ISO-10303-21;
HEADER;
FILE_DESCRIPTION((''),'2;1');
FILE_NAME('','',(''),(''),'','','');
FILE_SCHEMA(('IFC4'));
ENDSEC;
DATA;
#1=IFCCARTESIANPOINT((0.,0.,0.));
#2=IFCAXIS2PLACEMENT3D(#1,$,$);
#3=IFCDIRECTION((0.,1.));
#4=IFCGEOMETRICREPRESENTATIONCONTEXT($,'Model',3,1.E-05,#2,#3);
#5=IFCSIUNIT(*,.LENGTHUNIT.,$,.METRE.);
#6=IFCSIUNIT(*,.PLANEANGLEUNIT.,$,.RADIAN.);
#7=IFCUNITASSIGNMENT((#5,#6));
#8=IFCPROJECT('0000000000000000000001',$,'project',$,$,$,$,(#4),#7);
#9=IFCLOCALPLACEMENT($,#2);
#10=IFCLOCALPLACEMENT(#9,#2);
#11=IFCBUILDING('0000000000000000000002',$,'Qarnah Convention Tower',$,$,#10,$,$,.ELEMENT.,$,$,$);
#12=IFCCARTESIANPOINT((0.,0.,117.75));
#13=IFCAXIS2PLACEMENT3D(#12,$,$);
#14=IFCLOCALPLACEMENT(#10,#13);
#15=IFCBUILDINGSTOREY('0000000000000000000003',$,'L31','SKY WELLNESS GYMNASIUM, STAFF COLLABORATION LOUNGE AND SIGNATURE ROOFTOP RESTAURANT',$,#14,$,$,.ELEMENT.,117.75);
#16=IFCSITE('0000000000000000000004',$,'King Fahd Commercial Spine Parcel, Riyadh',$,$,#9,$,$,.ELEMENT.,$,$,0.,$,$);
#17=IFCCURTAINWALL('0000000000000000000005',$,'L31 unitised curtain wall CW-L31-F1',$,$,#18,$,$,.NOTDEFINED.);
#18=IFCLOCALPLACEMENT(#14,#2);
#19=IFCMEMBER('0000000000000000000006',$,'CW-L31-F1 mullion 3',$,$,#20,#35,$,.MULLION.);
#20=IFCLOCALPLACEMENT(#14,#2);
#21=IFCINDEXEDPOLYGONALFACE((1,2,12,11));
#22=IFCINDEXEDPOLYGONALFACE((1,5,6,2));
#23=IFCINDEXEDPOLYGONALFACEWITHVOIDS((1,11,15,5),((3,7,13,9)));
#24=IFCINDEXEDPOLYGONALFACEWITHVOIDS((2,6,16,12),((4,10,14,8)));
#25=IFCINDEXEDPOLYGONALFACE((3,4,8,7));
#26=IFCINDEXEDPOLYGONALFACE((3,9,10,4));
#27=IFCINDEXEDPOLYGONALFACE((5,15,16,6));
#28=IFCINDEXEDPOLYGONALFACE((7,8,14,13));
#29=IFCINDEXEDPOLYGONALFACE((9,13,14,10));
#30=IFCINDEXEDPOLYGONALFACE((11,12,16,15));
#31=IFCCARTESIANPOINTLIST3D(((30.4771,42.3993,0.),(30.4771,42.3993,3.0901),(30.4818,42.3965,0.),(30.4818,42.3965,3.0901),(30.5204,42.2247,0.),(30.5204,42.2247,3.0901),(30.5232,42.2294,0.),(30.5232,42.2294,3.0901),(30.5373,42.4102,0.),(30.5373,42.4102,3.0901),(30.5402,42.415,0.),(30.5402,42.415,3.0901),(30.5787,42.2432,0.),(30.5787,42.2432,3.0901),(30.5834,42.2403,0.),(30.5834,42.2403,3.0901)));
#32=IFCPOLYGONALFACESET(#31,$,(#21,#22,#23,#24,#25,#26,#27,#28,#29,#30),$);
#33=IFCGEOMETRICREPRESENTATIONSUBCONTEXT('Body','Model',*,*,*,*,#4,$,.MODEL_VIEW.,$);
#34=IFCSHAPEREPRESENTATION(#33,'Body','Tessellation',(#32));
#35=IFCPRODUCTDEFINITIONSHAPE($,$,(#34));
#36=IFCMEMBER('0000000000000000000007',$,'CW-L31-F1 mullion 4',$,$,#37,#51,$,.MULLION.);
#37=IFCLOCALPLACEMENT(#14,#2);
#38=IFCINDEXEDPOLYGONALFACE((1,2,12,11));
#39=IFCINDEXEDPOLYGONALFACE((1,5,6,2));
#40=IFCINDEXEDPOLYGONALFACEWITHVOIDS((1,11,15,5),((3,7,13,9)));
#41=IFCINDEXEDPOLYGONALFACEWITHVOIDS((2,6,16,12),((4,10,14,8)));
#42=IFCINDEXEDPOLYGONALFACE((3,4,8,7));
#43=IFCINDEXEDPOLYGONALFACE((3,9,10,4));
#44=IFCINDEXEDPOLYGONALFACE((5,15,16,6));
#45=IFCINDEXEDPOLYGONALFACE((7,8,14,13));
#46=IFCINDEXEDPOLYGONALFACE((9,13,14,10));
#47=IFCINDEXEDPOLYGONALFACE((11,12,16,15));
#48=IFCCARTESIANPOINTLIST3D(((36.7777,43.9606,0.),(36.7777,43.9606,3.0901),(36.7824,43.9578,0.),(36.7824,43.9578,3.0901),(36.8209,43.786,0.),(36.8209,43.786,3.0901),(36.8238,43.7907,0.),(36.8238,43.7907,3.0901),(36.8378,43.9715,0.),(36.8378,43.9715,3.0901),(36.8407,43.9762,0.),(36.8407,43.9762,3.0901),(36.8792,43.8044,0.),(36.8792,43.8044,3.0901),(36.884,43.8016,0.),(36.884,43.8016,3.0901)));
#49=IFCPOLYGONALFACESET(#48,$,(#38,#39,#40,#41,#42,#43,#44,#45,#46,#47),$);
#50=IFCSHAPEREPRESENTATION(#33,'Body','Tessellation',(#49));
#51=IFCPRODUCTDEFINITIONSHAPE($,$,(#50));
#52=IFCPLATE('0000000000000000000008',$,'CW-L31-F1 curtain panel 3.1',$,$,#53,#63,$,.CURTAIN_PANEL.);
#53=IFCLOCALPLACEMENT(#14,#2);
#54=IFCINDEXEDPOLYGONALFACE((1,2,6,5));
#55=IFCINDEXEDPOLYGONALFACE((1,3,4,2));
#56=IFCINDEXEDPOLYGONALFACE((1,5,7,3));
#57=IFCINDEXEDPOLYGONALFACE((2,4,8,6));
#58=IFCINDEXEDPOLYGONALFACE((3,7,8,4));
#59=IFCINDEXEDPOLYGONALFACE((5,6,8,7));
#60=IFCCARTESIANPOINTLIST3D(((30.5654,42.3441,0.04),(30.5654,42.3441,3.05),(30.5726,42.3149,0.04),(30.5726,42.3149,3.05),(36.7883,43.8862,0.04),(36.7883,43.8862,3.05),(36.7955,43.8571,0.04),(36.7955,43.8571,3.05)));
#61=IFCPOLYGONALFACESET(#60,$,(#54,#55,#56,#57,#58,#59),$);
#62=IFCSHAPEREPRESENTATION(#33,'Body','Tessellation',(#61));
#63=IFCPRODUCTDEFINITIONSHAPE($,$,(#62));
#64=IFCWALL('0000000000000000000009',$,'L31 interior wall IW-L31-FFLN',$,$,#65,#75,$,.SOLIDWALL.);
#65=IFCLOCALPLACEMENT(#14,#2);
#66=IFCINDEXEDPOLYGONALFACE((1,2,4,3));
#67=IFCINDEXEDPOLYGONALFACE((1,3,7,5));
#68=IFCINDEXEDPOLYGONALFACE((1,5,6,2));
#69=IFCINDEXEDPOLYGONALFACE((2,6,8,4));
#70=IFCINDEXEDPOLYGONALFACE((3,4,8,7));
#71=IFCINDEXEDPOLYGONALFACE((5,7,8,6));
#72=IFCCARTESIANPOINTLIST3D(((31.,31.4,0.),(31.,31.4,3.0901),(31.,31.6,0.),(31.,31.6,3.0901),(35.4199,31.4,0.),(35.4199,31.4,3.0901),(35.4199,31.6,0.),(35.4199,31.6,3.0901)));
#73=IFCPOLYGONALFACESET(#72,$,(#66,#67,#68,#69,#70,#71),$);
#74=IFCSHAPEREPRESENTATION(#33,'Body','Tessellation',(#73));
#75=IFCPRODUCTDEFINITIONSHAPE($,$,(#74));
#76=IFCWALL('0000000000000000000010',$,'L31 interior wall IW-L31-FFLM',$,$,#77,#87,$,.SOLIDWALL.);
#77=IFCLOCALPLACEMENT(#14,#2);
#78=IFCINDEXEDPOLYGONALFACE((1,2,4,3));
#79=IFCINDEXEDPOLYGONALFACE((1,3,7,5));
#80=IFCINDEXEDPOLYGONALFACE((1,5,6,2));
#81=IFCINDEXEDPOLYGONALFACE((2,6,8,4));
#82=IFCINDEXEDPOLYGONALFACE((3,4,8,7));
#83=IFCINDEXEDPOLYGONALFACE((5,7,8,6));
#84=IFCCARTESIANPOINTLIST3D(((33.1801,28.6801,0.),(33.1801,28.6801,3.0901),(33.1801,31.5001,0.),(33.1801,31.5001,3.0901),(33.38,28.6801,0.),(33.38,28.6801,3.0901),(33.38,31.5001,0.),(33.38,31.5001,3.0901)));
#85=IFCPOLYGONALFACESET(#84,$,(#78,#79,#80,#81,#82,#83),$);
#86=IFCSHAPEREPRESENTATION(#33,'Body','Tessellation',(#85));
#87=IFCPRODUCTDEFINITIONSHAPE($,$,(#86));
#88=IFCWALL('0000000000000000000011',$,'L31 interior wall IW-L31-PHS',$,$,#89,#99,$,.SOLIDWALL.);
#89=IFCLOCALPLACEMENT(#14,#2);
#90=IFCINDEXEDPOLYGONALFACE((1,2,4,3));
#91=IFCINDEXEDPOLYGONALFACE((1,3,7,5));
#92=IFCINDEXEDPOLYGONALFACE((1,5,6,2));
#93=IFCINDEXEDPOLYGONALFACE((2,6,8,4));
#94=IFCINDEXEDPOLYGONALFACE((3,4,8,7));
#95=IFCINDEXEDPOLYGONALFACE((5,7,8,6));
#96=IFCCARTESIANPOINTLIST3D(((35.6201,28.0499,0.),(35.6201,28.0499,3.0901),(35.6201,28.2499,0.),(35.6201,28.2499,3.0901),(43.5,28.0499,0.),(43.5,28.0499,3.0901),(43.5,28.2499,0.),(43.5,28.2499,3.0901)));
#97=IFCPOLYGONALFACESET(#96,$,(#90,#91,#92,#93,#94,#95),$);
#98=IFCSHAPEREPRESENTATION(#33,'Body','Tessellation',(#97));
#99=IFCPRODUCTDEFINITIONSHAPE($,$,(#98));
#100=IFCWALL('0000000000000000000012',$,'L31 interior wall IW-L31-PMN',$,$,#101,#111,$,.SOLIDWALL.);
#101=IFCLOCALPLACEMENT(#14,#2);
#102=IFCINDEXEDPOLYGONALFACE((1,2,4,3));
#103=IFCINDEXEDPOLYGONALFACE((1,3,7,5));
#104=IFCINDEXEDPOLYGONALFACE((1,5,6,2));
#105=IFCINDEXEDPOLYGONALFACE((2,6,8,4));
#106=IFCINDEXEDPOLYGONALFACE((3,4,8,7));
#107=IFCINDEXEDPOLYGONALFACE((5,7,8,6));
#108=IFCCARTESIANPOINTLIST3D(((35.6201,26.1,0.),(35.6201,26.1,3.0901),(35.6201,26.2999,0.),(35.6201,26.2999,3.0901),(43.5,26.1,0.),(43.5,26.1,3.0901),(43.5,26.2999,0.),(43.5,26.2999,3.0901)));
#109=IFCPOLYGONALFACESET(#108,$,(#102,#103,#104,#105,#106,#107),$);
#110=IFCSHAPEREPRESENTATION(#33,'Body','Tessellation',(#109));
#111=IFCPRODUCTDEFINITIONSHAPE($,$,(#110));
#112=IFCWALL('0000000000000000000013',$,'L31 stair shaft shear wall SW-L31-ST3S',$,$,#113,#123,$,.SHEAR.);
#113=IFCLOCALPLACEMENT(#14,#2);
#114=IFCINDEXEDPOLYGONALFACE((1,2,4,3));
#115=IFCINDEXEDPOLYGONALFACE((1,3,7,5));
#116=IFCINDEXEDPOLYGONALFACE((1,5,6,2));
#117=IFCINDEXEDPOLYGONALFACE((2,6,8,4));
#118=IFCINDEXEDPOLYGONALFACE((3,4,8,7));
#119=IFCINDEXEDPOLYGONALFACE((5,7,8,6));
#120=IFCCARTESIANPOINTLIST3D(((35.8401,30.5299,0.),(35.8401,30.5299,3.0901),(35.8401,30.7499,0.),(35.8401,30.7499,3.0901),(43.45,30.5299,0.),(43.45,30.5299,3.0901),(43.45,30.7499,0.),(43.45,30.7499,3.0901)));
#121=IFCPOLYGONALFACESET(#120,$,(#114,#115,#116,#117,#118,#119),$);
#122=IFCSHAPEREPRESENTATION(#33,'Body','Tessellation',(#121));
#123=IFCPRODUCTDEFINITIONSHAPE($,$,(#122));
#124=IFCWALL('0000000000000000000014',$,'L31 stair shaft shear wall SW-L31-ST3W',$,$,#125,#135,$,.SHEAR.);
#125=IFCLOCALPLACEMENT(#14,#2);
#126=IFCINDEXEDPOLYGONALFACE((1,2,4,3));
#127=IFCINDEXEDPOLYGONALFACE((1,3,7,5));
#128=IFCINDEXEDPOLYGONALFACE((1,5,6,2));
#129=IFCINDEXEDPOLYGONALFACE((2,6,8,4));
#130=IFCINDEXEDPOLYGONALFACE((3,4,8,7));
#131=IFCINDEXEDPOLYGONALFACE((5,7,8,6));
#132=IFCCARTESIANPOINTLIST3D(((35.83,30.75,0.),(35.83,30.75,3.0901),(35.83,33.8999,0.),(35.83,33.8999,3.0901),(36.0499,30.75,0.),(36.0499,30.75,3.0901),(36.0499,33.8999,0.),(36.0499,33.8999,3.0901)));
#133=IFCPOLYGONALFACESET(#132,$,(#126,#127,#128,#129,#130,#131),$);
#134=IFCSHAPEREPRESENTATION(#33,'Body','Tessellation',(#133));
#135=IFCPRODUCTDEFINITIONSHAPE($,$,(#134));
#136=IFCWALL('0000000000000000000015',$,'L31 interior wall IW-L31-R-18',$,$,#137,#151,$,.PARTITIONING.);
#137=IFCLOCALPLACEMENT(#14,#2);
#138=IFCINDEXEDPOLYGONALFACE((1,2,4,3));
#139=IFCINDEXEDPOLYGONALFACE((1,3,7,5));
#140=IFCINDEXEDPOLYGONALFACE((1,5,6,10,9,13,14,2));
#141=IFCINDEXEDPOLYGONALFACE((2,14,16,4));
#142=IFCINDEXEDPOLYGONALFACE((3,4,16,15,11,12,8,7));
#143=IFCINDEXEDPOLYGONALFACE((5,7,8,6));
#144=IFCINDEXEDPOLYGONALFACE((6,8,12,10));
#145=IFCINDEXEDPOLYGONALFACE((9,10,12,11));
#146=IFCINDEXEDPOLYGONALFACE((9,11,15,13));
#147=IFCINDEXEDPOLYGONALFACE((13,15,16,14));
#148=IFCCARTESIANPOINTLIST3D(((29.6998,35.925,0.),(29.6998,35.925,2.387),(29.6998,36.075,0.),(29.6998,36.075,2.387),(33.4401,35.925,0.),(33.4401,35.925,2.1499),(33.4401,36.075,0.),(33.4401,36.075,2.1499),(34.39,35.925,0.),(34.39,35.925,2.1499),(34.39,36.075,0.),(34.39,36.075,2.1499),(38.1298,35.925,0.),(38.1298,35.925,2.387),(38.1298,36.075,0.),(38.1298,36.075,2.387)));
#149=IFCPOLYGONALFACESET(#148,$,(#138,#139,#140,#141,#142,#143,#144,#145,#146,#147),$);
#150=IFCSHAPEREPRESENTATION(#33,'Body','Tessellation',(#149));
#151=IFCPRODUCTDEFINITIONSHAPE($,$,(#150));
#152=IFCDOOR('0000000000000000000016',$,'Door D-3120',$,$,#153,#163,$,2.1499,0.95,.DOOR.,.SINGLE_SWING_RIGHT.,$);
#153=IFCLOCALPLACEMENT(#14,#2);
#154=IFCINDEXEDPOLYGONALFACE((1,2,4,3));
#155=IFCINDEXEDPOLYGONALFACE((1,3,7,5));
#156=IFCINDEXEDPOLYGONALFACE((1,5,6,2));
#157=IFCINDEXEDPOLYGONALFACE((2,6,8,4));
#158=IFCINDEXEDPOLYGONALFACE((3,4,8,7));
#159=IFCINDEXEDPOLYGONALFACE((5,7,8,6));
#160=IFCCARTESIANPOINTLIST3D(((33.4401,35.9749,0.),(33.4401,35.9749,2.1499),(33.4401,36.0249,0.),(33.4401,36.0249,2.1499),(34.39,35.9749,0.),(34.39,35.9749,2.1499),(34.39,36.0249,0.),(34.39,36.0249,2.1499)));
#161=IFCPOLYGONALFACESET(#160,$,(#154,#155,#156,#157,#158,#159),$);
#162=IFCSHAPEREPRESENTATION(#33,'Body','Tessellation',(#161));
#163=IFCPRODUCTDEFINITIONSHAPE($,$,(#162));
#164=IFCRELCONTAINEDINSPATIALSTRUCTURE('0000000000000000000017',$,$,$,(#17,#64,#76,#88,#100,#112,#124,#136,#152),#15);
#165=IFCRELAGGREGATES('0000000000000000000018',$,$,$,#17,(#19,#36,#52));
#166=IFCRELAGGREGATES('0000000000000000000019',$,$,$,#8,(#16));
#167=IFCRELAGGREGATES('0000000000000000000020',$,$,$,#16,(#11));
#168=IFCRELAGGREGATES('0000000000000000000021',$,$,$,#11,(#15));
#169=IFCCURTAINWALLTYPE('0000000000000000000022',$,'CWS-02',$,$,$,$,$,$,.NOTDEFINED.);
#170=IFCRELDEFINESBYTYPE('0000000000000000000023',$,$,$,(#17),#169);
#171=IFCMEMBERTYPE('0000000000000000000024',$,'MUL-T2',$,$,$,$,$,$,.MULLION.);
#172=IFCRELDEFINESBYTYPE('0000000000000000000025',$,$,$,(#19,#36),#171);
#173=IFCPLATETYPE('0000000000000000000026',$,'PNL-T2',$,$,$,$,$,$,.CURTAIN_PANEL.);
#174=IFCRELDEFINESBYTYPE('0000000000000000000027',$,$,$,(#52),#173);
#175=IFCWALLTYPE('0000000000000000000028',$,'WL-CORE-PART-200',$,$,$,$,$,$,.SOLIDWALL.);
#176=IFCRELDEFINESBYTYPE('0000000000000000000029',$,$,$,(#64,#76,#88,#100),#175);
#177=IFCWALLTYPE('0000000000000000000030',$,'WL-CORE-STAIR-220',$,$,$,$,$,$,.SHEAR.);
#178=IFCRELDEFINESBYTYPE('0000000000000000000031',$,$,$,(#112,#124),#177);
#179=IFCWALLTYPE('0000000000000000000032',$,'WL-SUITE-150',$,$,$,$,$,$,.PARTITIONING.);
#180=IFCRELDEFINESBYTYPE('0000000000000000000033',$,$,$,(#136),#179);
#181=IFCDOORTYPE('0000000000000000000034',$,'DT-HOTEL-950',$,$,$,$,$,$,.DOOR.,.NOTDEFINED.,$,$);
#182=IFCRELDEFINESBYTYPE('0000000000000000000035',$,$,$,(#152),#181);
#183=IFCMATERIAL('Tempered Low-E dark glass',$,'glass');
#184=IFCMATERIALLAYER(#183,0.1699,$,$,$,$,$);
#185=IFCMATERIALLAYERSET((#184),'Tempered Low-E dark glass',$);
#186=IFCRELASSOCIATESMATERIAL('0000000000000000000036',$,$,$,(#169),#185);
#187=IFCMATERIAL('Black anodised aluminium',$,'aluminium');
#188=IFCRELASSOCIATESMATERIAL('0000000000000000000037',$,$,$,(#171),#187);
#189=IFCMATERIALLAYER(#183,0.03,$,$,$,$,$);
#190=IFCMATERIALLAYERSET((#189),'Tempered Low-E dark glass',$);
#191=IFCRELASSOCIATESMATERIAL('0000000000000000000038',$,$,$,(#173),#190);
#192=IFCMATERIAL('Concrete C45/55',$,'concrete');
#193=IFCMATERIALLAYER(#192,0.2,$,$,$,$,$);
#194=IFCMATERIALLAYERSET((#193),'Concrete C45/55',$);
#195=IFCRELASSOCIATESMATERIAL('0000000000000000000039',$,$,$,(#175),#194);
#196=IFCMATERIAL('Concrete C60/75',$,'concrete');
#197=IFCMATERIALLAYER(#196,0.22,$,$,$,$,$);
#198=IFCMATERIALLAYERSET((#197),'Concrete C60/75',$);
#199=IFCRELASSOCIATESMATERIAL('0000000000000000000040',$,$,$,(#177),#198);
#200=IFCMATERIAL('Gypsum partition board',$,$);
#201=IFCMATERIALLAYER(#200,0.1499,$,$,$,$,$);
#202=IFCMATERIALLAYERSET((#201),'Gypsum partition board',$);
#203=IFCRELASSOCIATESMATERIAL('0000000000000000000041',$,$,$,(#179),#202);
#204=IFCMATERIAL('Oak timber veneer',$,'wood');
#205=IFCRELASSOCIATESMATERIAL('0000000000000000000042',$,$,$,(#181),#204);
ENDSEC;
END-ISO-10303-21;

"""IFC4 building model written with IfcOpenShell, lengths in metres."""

from ifc_helpers import new_model, si_unit, direction, frame, frame_2d, origin, origin_2d, place, context, subcontext, project, spatial, rectangle, hollow_rectangle, extrude, material, layer, layer_set, material_profile, profile_set, type_object, element, fill, aggregate, save


model = new_model("IFC4")

# Units and contexts
model_context = context("Model", 3, precision=1e-05, world=origin(), true_north=direction((0.0, 1.0)))
body_context = subcontext(model_context, "Body", "Model", "MODEL_VIEW")
ifc_project = project(units=[si_unit("LENGTHUNIT", "METRE"), si_unit("PLANEANGLEUNIT", "RADIAN")], contexts=[model_context])

# Site, building, storey
site_placement = place(None, origin())
site = spatial("IfcSite", under=ifc_project, at=site_placement, Name="King Fahd Commercial Spine Parcel, Riyadh", CompositionType="ELEMENT", RefElevation=0.0)
building_placement = place(site_placement, origin())
building = spatial("IfcBuilding", under=site, at=building_placement, Name="Qarnah Convention Tower", CompositionType="ELEMENT")
storey_placement = place(building_placement, frame((0.0, 0.0, 117.75)))
storey = spatial("IfcBuildingStorey", under=building, at=storey_placement, Name="L31", Description="SKY WELLNESS GYMNASIUM, STAFF COLLABORATION LOUNGE AND SIGNATURE ROOFTOP RESTAURANT", CompositionType="ELEMENT", Elevation=117.75)

# Shared definitions
ifc_material_1 = material(Name="Concrete C60/75", Category="concrete")

# Curtain wall, members, plate
ifc_material_2 = material(Name="Tempered Low-E dark glass", Category="glass")
ifc_layer_1 = layer(ifc_material_2, 0.1699)
ifc_layer_set_1 = layer_set([ifc_layer_1], Name="Tempered Low-E dark glass")
curtain_wall_type = type_object("IfcCurtainWallType", Name="CWS-02", PredefinedType="NOTDEFINED", material=ifc_layer_set_1)
curtain_wall_placement = place(storey_placement, origin())
curtain_wall = element("IfcCurtainWall", 1, at=curtain_wall_placement, inside=storey, type_object=curtain_wall_type, Name="L31 unitised curtain wall CW-L31-F1", PredefinedType="NOTDEFINED")
ifc_material_3 = material(Name="Black anodised aluminium", Category="aluminium")
ifc_material_profile_1 = material_profile(ifc_material_3, hollow_rectangle(XDim=0.0649, YDim=0.1799, WallThickness=0.0039, at=origin_2d()), Name="MUL-65X180")
ifc_profile_set_1 = profile_set([ifc_material_profile_1], Name="Black anodised aluminium")
member_type = type_object("IfcMemberType", Name="MUL-T2", PredefinedType="MULLION", material=ifc_profile_set_1)
member_1_placement = place(storey_placement, frame((30.5303, 42.3198, 0.0), z_axis=(0.0, 0.0, 1.0), x_axis=(0.970639, 0.240541, 0.0)))
member_1 = element("IfcMember", 2, at=member_1_placement, type_object=member_type, Name="CW-L31-F1 mullion 3", PredefinedType="MULLION", context=body_context, shape_type="SweptSolid", body=[
    extrude(hollow_rectangle(XDim=0.0649, YDim=0.1799, WallThickness=0.0039, at=origin_2d()), origin(), (0.0, 0.0, 1.0), 3.0901),
])
member_2_placement = place(storey_placement, frame((36.8308, 43.8811, 0.0), z_axis=(0.0, 0.0, 1.0), x_axis=(0.970639, 0.240541, 0.0)))
member_2 = element("IfcMember", 3, at=member_2_placement, type_object=member_type, Name="CW-L31-F1 mullion 4", PredefinedType="MULLION", context=body_context, shape_type="SweptSolid", body=[
    extrude(hollow_rectangle(XDim=0.0649, YDim=0.1799, WallThickness=0.0039, at=origin_2d()), origin(), (0.0, 0.0, 1.0), 3.0901),
])
ifc_layer_2 = layer(ifc_material_2, 0.03)
ifc_layer_set_2 = layer_set([ifc_layer_2], Name="Tempered Low-E dark glass")
plate_type = type_object("IfcPlateType", Name="PNL-T2", PredefinedType="CURTAIN_PANEL", material=ifc_layer_set_2)
plate_placement = place(storey_placement, frame((33.6804, 43.1006, 0.04), z_axis=(0.0, 0.0, 1.0), x_axis=(0.970639, 0.240541, 0.0)))
plate = element("IfcPlate", 4, at=plate_placement, type_object=plate_type, Name="CW-L31-F1 curtain panel 3.1", PredefinedType="CURTAIN_PANEL", context=body_context, shape_type="SweptSolid", body=[
    extrude(rectangle(XDim=6.4111, YDim=0.03, at=origin_2d()), origin(), (0.0, 0.0, 1.0), 3.01),
])
aggregate(curtain_wall, [member_1, member_2, plate])

# Shared definitions
ifc_material_4 = material(Name="Concrete C45/55", Category="concrete")
ifc_layer_3 = layer(ifc_material_4, 0.2)
ifc_layer_set_3 = layer_set([ifc_layer_3], Name="Concrete C45/55")
wall_type_1 = type_object("IfcWallType", Name="WL-CORE-PART-200", PredefinedType="SOLIDWALL", material=ifc_layer_set_3)

# Walls
wall_1_placement = place(storey_placement, frame((31.0, 31.5, 0.0), z_axis=(0.0, 0.0, 1.0), x_axis=(1.0, 0.0, 0.0)))
element("IfcWall", 5, at=wall_1_placement, inside=storey, type_object=wall_type_1, Name="L31 interior wall IW-L31-FFLN", PredefinedType="SOLIDWALL", context=body_context, shape_type="SweptSolid", body=[
    extrude(rectangle(XDim=4.4199, YDim=0.2, at=frame_2d((2.21, 0.0))), origin(), (0.0, 0.0, 1.0), 3.0901),
])
wall_2_placement = place(storey_placement, frame((33.28, 28.6799, 0.0), z_axis=(0.0, 0.0, 1.0), x_axis=(0.0, 1.0, 0.0)))
element("IfcWall", 6, at=wall_2_placement, inside=storey, type_object=wall_type_1, Name="L31 interior wall IW-L31-FFLM", PredefinedType="SOLIDWALL", context=body_context, shape_type="SweptSolid", body=[
    extrude(rectangle(XDim=2.8201, YDim=0.2, at=frame_2d((1.4102, 0.0))), origin(), (0.0, 0.0, 1.0), 3.0901),
])

# Walls
for number, where, z_axis, x_axis, name in (
    (7, (35.6201, 28.1499, 0.0), (0.0, 0.0, 1.0), (1.0, 0.0, 0.0), "L31 interior wall IW-L31-PHS"),
    (8, (35.6201, 26.2, 0.0), (0.0, 0.0, 1.0), (1.0, 0.0, 0.0), "L31 interior wall IW-L31-PMN"),
):
    element("IfcWall", number, at=place(storey_placement, frame(where, z_axis=z_axis, x_axis=x_axis)), inside=storey, type_object=wall_type_1, Name=name, PredefinedType="SOLIDWALL", context=body_context, shape_type="SweptSolid", body=[
        extrude(rectangle(XDim=7.8799, YDim=0.2, at=frame_2d((3.9399, 0.0))), origin(), (0.0, 0.0, 1.0), 3.0901),
    ])
ifc_layer_4 = layer(ifc_material_1, 0.22)
ifc_layer_set_4 = layer_set([ifc_layer_4], Name="Concrete C60/75")
wall_type_2 = type_object("IfcWallType", Name="WL-CORE-STAIR-220", PredefinedType="SHEAR", material=ifc_layer_set_4)
wall_3_placement = place(storey_placement, frame((35.8401, 30.6399, 0.0), z_axis=(0.0, 0.0, 1.0), x_axis=(1.0, 0.0, 0.0)))
element("IfcWall", 9, at=wall_3_placement, inside=storey, type_object=wall_type_2, Name="L31 stair shaft shear wall SW-L31-ST3S", PredefinedType="SHEAR", context=body_context, shape_type="SweptSolid", body=[
    extrude(rectangle(XDim=7.6099, YDim=0.22, at=frame_2d((3.8049, 0.0))), origin(), (0.0, 0.0, 1.0), 3.0901),
])
wall_4_placement = place(storey_placement, frame((35.9399, 30.75, 0.0), z_axis=(0.0, 0.0, 1.0), x_axis=(0.0, 1.0, 0.0)))
element("IfcWall", 10, at=wall_4_placement, inside=storey, type_object=wall_type_2, Name="L31 stair shaft shear wall SW-L31-ST3W", PredefinedType="SHEAR", context=body_context, shape_type="SweptSolid", body=[
    extrude(rectangle(XDim=3.1499, YDim=0.22, at=frame_2d((1.575, 0.0))), origin(), (0.0, 0.0, 1.0), 3.0901),
])

# Wall, opening, door
ifc_material_5 = material(Name="Gypsum partition board")
ifc_layer_5 = layer(ifc_material_5, 0.1499)
ifc_layer_set_5 = layer_set([ifc_layer_5], Name="Gypsum partition board")
wall_type_3 = type_object("IfcWallType", Name="WL-SUITE-150", PredefinedType="PARTITIONING", material=ifc_layer_set_5)
wall_5_placement = place(storey_placement, frame((29.7, 36.0, 0.0), z_axis=(0.0, 0.0, 1.0), x_axis=(1.0, 0.0, 0.0)))
wall_5 = element("IfcWall", 11, at=wall_5_placement, inside=storey, type_object=wall_type_3, Name="L31 interior wall IW-L31-R-18", PredefinedType="PARTITIONING", context=body_context, shape_type="SweptSolid", body=[
    extrude(rectangle(XDim=8.4299, YDim=0.1499, at=frame_2d((4.2148, 0.0))), origin(), (0.0, 0.0, 1.0), 2.387),
])
opening_1_placement = place(wall_5_placement, frame((3.74, 0.0, 0.0)))
opening_1 = element("IfcOpeningElement", 12, at=opening_1_placement, cuts=wall_5, PredefinedType="OPENING", context=body_context, shape_type="SweptSolid", body=[
    extrude(rectangle(XDim=0.95, YDim=2.1499, at=frame_2d((0.4751, 1.075))), frame((0.0, 0.085, 0.0), z_axis=(0.0, -1.0, 0.0), x_axis=(1.0, 0.0, 0.0)), (0.0, 0.0, 1.0), 0.1699),
])
ifc_material_6 = material(Name="Oak timber veneer", Category="wood")
door_type_1 = type_object("IfcDoorType", Name="DT-HOTEL-950", OperationType="NOTDEFINED", PredefinedType="DOOR", material=ifc_material_6)
door_1_placement = place(opening_1_placement, origin())
door_1 = element("IfcDoor", 13, at=door_1_placement, inside=storey, type_object=door_type_1, Name="Door D-3120", OperationType="SINGLE_SWING_RIGHT", OverallHeight=2.1499, OverallWidth=0.95, PredefinedType="DOOR", context=body_context, shape_type="SweptSolid", body=[
    extrude(rectangle(XDim=0.95, YDim=2.1499, at=frame_2d((0.4751, 1.075))), frame((0.0, 0.0249, 0.0), z_axis=(0.0, -1.0, 0.0), x_axis=(1.0, 0.0, 0.0)), (0.0, 0.0, 1.0), 0.05),
])
fill(opening_1, door_1)

save(model, "model.ifc")
